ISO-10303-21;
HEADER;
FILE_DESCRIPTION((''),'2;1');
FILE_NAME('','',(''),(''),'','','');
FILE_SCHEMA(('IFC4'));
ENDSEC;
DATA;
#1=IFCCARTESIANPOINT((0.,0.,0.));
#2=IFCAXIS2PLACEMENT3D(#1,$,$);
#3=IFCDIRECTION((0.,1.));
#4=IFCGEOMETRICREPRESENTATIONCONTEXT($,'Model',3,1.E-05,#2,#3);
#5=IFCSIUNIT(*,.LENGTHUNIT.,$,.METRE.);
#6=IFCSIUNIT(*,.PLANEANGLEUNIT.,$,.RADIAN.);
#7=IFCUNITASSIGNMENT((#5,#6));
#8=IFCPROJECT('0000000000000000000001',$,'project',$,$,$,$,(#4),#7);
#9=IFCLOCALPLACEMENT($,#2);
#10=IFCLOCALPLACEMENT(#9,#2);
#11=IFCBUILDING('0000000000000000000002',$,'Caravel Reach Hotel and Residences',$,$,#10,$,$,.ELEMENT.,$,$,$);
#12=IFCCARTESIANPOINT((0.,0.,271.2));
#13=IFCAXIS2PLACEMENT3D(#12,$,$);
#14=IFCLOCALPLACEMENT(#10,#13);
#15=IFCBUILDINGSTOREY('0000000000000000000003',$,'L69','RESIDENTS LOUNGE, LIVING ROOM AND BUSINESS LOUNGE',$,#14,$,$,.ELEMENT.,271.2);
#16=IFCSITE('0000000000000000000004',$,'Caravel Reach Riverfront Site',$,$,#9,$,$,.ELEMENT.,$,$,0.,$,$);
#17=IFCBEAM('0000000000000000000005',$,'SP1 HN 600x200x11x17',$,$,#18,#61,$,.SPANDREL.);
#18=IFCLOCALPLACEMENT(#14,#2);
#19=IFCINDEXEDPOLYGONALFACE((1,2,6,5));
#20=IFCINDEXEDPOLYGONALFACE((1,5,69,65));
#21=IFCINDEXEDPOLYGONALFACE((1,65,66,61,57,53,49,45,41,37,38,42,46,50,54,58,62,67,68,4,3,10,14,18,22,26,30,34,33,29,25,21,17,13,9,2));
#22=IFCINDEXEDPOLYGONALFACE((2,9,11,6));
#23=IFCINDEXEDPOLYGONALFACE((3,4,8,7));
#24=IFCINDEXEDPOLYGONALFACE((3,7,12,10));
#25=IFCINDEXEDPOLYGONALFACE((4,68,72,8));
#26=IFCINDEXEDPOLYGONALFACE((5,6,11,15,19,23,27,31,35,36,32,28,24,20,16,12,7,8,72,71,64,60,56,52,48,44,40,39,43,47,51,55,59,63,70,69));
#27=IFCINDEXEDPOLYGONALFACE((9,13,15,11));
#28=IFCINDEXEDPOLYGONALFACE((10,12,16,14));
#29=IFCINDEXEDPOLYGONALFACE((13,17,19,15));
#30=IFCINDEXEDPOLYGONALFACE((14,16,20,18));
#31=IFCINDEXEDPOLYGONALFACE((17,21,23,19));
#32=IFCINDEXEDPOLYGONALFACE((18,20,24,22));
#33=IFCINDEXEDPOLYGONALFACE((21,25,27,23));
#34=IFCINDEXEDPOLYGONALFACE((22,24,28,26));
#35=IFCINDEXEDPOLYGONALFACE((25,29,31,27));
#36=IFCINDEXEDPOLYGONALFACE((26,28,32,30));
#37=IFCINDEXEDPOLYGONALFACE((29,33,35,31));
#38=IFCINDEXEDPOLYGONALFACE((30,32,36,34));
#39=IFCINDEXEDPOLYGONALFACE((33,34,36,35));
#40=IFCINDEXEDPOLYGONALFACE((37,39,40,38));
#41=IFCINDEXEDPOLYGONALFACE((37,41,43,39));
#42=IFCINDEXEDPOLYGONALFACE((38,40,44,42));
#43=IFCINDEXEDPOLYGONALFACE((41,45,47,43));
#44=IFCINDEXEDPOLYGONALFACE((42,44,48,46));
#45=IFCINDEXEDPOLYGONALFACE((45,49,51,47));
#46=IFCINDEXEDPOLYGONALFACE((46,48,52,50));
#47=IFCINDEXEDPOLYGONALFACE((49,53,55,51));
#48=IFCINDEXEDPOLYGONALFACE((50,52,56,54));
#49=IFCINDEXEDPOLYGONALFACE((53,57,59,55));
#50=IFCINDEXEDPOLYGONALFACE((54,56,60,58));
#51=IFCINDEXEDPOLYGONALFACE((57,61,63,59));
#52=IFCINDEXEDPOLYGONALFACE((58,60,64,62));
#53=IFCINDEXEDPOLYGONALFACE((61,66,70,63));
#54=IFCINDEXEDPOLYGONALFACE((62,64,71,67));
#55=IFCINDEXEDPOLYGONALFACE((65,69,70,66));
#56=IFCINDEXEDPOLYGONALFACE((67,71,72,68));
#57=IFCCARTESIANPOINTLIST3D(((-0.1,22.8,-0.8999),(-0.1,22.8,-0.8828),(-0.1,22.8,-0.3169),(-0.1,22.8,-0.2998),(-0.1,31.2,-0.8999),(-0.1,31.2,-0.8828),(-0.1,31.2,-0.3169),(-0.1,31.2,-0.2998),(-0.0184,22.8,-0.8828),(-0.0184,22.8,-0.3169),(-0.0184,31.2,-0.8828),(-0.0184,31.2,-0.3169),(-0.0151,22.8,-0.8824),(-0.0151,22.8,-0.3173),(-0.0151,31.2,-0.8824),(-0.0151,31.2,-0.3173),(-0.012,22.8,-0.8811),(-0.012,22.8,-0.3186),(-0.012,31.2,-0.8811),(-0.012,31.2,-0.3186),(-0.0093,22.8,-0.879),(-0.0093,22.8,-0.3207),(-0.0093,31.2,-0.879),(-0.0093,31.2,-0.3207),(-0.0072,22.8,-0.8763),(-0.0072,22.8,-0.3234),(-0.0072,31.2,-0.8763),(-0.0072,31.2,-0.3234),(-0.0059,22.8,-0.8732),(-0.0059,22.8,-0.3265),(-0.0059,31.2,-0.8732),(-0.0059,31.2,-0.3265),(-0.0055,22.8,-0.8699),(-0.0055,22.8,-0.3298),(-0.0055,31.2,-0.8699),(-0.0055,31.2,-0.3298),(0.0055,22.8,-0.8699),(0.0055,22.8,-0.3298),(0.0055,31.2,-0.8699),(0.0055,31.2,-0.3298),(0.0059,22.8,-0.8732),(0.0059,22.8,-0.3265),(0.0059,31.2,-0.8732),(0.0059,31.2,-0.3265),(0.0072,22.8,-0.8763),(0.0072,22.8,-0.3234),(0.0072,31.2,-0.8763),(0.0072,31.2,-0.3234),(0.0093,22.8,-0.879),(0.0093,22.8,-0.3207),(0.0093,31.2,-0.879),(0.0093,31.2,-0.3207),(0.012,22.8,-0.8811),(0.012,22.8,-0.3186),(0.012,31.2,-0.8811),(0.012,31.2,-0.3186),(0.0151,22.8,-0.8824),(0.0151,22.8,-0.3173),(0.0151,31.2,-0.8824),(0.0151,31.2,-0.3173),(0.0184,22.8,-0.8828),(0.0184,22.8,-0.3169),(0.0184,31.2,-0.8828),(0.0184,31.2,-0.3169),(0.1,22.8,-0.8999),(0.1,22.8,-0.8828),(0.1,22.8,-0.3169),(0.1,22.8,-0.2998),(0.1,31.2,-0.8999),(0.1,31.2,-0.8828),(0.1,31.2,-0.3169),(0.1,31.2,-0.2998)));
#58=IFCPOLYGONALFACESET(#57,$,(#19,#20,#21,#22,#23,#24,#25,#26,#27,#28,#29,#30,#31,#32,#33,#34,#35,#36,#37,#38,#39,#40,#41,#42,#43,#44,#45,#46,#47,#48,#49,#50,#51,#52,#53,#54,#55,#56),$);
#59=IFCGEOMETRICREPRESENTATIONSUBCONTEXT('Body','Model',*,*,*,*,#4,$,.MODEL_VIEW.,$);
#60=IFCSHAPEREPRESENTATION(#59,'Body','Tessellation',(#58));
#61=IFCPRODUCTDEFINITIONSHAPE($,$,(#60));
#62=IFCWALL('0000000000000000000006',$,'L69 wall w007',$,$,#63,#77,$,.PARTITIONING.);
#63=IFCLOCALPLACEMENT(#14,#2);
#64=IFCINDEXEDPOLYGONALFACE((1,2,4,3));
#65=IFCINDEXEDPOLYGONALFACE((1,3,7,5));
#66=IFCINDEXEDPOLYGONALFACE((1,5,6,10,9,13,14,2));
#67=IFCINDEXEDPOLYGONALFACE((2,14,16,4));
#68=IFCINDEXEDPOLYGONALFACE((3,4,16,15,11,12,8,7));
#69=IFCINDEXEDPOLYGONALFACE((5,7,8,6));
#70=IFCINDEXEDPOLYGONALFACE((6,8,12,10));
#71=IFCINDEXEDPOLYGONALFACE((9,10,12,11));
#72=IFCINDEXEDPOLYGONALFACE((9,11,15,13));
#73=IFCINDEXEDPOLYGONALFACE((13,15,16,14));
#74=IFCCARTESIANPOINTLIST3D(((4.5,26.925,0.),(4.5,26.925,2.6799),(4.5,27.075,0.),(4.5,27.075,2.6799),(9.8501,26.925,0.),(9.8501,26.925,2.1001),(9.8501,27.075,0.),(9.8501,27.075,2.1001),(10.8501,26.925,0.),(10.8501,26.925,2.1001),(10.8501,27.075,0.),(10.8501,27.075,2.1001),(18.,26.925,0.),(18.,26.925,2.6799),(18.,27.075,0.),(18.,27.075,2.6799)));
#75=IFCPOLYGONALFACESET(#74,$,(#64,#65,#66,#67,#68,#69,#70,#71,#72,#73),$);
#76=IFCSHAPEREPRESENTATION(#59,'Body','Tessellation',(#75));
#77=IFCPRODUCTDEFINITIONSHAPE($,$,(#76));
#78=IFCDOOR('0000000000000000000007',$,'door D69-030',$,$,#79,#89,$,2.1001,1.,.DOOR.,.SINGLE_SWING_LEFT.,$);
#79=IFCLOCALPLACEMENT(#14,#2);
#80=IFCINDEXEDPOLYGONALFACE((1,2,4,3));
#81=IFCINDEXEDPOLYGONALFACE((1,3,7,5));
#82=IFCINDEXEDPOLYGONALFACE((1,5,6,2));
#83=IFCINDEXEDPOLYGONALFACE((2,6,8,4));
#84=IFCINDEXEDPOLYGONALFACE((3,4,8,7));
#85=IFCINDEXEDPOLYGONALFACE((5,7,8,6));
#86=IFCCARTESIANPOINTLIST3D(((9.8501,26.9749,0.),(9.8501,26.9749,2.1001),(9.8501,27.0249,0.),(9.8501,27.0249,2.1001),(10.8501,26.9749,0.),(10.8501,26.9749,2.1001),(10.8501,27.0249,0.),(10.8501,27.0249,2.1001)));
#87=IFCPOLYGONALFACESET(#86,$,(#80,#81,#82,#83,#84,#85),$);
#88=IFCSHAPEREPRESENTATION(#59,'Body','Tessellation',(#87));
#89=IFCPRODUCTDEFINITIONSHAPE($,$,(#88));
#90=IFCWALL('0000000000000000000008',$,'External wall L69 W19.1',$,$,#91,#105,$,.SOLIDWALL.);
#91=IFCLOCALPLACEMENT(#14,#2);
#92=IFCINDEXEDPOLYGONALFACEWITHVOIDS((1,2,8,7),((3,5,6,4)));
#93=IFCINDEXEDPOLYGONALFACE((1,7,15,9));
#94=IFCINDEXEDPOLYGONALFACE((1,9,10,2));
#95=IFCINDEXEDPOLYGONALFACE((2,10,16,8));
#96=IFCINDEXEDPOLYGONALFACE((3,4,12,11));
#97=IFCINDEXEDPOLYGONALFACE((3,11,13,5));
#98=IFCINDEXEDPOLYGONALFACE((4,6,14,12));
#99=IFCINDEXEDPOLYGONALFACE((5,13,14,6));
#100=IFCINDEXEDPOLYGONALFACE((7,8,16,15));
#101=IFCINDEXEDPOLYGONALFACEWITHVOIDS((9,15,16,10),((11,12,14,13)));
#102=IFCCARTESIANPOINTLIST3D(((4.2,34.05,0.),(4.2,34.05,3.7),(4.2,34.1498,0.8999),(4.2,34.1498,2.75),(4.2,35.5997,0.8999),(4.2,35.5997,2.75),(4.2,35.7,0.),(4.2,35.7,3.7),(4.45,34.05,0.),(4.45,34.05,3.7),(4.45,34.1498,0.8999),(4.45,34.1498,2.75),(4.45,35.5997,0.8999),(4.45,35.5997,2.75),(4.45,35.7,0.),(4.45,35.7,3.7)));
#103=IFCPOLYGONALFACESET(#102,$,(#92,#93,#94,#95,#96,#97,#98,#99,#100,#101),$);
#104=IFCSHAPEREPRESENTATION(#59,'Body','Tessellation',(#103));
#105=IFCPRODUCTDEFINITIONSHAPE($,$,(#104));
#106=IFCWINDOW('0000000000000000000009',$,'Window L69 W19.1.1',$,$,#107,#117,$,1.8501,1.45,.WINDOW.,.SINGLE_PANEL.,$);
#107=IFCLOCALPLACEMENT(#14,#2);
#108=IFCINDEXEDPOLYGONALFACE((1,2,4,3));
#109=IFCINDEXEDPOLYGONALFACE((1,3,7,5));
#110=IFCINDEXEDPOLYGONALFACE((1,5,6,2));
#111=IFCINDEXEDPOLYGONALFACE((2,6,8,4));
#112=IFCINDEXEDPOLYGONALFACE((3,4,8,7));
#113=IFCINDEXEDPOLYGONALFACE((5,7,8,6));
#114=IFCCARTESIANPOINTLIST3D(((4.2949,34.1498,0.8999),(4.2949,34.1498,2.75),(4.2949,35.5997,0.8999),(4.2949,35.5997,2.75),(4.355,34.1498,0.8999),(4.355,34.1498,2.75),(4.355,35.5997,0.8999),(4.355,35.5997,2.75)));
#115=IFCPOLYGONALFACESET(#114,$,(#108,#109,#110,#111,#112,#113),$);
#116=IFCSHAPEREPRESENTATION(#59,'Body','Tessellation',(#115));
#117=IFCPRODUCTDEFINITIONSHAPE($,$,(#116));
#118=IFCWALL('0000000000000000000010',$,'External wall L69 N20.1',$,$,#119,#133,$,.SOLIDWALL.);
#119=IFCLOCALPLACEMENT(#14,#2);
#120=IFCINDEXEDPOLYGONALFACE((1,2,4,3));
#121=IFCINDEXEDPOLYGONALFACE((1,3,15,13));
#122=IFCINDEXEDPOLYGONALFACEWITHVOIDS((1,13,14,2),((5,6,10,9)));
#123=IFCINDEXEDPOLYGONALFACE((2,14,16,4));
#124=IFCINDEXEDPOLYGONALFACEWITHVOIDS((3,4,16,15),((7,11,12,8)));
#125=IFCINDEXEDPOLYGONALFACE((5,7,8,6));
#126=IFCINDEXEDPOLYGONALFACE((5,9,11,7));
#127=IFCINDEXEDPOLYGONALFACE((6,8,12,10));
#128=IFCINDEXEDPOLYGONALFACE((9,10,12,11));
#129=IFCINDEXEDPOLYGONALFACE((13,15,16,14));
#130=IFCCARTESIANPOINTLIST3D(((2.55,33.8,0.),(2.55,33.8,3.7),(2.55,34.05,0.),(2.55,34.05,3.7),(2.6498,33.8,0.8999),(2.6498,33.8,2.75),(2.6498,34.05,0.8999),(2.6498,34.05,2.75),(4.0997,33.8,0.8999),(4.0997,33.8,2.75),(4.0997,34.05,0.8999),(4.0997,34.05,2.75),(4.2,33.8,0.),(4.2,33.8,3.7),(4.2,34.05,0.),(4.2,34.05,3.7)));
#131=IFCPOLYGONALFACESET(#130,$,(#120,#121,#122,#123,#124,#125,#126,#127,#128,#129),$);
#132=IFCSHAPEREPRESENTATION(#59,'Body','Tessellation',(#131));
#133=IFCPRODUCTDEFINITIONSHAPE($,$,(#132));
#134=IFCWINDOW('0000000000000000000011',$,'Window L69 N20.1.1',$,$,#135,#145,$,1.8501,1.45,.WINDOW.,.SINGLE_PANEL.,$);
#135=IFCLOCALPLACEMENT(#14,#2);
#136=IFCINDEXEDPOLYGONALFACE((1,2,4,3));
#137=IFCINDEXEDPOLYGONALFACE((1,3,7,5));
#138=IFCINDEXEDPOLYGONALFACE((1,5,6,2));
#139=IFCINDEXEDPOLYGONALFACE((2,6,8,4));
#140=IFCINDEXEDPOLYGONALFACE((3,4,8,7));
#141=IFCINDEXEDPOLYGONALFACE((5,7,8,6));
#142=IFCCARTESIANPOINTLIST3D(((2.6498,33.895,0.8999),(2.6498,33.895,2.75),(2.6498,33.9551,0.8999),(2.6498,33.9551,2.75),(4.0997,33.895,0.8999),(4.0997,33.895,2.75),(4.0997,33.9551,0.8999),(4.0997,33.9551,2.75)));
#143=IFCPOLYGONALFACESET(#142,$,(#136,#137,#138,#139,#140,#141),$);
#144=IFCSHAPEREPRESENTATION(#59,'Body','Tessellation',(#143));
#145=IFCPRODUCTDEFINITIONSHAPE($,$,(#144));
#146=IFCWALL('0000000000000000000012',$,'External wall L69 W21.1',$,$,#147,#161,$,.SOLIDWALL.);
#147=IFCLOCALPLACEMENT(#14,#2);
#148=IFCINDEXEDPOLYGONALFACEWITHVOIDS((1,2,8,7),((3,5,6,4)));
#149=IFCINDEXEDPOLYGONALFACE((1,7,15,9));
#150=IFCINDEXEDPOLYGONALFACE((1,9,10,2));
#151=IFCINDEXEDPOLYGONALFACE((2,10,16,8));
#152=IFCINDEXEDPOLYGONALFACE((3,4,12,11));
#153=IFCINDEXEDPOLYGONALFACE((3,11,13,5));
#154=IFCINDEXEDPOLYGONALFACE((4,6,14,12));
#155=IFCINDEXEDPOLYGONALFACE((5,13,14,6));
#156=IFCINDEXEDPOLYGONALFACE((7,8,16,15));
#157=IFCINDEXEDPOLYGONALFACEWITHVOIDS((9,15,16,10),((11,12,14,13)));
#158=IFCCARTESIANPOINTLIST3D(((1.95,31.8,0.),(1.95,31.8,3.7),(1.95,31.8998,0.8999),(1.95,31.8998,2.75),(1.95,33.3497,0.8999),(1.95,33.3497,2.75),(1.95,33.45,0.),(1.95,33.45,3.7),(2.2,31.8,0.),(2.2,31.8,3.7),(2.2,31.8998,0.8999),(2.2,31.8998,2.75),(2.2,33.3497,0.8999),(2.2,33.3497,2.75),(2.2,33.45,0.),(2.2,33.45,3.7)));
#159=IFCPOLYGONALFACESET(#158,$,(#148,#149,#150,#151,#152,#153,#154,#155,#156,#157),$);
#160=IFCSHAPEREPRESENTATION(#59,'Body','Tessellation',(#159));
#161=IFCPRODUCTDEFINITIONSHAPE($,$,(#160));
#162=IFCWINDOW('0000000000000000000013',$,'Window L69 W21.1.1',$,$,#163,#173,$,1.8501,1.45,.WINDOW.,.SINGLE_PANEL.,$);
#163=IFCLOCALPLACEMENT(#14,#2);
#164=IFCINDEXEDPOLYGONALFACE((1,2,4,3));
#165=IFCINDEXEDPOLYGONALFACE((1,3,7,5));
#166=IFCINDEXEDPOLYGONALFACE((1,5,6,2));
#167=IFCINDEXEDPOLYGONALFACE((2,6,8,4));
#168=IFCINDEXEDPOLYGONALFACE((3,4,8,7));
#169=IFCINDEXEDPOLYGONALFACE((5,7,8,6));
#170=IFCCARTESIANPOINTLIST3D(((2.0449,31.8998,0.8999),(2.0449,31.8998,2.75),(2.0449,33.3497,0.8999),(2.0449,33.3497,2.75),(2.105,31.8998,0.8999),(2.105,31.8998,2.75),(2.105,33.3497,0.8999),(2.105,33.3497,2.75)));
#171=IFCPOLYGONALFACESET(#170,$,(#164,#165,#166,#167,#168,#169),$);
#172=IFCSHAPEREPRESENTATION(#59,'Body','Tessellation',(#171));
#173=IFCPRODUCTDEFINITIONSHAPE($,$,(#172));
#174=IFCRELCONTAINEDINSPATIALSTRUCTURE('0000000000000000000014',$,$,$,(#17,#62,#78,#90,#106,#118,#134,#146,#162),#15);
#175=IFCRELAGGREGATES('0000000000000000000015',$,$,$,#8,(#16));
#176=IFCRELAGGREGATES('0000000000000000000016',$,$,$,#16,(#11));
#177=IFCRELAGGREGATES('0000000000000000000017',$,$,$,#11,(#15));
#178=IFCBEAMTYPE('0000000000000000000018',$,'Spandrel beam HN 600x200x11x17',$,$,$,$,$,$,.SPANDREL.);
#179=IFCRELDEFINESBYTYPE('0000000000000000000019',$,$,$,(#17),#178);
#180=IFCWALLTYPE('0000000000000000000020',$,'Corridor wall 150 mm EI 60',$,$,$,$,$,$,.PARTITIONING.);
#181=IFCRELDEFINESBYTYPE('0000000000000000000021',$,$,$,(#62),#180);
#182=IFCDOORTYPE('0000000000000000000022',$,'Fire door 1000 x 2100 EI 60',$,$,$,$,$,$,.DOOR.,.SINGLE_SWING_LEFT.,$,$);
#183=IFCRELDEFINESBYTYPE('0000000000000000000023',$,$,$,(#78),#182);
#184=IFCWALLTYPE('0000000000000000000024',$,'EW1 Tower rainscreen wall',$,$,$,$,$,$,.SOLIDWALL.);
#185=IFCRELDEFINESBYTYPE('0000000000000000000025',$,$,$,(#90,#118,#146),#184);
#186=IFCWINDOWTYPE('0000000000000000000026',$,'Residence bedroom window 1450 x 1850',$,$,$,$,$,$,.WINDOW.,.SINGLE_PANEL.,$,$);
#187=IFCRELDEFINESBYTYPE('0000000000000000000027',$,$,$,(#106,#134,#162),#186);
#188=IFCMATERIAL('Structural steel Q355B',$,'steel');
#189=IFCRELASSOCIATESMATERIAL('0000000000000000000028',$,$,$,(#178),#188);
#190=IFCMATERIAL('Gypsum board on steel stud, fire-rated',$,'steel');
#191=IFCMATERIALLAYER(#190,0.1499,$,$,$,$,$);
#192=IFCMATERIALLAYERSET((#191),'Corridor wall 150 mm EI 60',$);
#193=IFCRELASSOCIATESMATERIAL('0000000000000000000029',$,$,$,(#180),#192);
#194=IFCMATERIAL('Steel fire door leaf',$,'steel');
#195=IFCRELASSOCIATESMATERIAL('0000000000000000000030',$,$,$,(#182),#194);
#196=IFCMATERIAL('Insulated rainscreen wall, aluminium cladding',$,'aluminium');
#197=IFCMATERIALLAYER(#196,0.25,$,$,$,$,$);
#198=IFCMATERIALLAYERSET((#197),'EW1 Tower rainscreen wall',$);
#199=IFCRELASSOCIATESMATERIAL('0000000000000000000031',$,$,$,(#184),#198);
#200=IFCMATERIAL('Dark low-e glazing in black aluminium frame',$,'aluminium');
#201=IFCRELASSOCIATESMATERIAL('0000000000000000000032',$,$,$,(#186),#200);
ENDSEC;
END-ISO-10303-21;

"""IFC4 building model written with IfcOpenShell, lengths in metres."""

from ifc_helpers import new_model, si_unit, direction, frame, frame_2d, origin, origin_2d, place, context, subcontext, project, spatial, rectangle, i_section, extrude, material, layer, layer_set, material_profile, profile_set, type_object, element, fill, save


model = new_model("IFC4")

# Units and contexts
model_context = context("Model", 3, precision=1e-05, world=origin(), true_north=direction((0.0, 1.0)))
body_context = subcontext(model_context, "Body", "Model", "MODEL_VIEW")
ifc_project = project(units=[si_unit("LENGTHUNIT", "METRE"), si_unit("PLANEANGLEUNIT", "RADIAN")], contexts=[model_context])

# Site, building, storey
site_placement = place(None, origin())
site = spatial("IfcSite", under=ifc_project, at=site_placement, Name="Caravel Reach Riverfront Site", CompositionType="ELEMENT", RefElevation=0.0)
building_placement = place(site_placement, origin())
building = spatial("IfcBuilding", under=site, at=building_placement, Name="Caravel Reach Hotel and Residences", CompositionType="ELEMENT")
storey_placement = place(building_placement, frame((0.0, 0.0, 271.2)))
storey = spatial("IfcBuildingStorey", under=building, at=storey_placement, Name="L69", Description="RESIDENTS LOUNGE, LIVING ROOM AND BUSINESS LOUNGE", CompositionType="ELEMENT", Elevation=271.2)

# Beam
ifc_material_1 = material(Name="Structural steel Q355B", Category="steel")
ifc_material_profile_1 = material_profile(ifc_material_1, i_section(OverallWidth=0.2, OverallDepth=0.6001, WebThickness=0.011, FlangeThickness=0.0171, FilletRadius=0.0129, at=origin_2d()), Name="HN 600x200x11x17")
ifc_profile_set_1 = profile_set([ifc_material_profile_1], Name="Structural steel Q355B")
beam_type = type_object("IfcBeamType", Name="Spandrel beam HN 600x200x11x17", PredefinedType="SPANDREL", material=ifc_profile_set_1)
beam_placement = place(storey_placement, frame((0.0, 31.2, -0.5999), z_axis=(0.0, -1.0, 0.0), x_axis=(1.0, 0.0, 0.0)))
element("IfcBeam", 1, at=beam_placement, inside=storey, type_object=beam_type, Name="SP1 HN 600x200x11x17", PredefinedType="SPANDREL", context=body_context, shape_type="SweptSolid", body=[
    extrude(i_section(OverallWidth=0.2, OverallDepth=0.6001, WebThickness=0.011, FlangeThickness=0.0171, FilletRadius=0.0129, at=origin_2d()), origin(), (0.0, 0.0, 1.0), 8.3999),
])

# Wall, opening, door
ifc_material_2 = material(Name="Gypsum board on steel stud, fire-rated", Category="steel")
ifc_layer_1 = layer(ifc_material_2, 0.1499)
ifc_layer_set_1 = layer_set([ifc_layer_1], Name="Corridor wall 150 mm EI 60")
wall_type_1 = type_object("IfcWallType", Name="Corridor wall 150 mm EI 60", PredefinedType="PARTITIONING", material=ifc_layer_set_1)
wall_1_placement = place(storey_placement, frame((4.5, 27.0, 0.0), z_axis=(0.0, 0.0, 1.0), x_axis=(1.0, 0.0, 0.0)))
wall_1 = element("IfcWall", 2, at=wall_1_placement, inside=storey, type_object=wall_type_1, Name="L69 wall w007", PredefinedType="PARTITIONING", context=body_context, shape_type="SweptSolid", body=[
    extrude(rectangle(XDim=13.5, YDim=0.1499, at=frame_2d((6.75, 0.0))), origin(), (0.0, 0.0, 1.0), 2.6799),
])
opening_1_placement = place(wall_1_placement, frame((5.3501, 0.0, 0.0)))
opening_1 = element("IfcOpeningElement", 3, at=opening_1_placement, cuts=wall_1, PredefinedType="OPENING", context=body_context, shape_type="SweptSolid", body=[
    extrude(rectangle(XDim=1.0, YDim=2.1001, at=frame_2d((0.5, 1.05))), frame((0.0, 0.085, 0.0), z_axis=(0.0, -1.0, 0.0), x_axis=(1.0, 0.0, 0.0)), (0.0, 0.0, 1.0), 0.1699),
])
ifc_material_3 = material(Name="Steel fire door leaf", Category="steel")
door_type = type_object("IfcDoorType", Name="Fire door 1000 x 2100 EI 60", OperationType="SINGLE_SWING_LEFT", PredefinedType="DOOR", material=ifc_material_3)
door_placement = place(opening_1_placement, origin())
door = element("IfcDoor", 4, at=door_placement, inside=storey, type_object=door_type, Name="door D69-030", OperationType="SINGLE_SWING_LEFT", OverallHeight=2.1001, OverallWidth=1.0, PredefinedType="DOOR", context=body_context, shape_type="SweptSolid", body=[
    extrude(rectangle(XDim=1.0, YDim=2.1001, at=frame_2d((0.5, 1.05))), frame((0.0, 0.0249, 0.0), z_axis=(0.0, -1.0, 0.0), x_axis=(1.0, 0.0, 0.0)), (0.0, 0.0, 1.0), 0.05),
])
fill(opening_1, door)

# Walls, openings, windows
ifc_material_4 = material(Name="Insulated rainscreen wall, aluminium cladding", Category="aluminium")
ifc_layer_2 = layer(ifc_material_4, 0.25)
ifc_layer_set_2 = layer_set([ifc_layer_2], Name="EW1 Tower rainscreen wall")
wall_type_2 = type_object("IfcWallType", Name="EW1 Tower rainscreen wall", PredefinedType="SOLIDWALL", material=ifc_layer_set_2)
wall_2_placement = place(storey_placement, frame((4.325, 35.7, 0.0), z_axis=(0.0, 0.0, 1.0), x_axis=(0.0, -1.0, 0.0)))
wall_2 = element("IfcWall", 5, at=wall_2_placement, inside=storey, type_object=wall_type_2, Name="External wall L69 W19.1", PredefinedType="SOLIDWALL", context=body_context, shape_type="SweptSolid", body=[
    extrude(rectangle(XDim=1.6499, YDim=0.25, at=frame_2d((0.825, 0.0))), origin(), (0.0, 0.0, 1.0), 3.7),
])
opening_2_placement = place(wall_2_placement, frame((0.1001, 0.0, 0.8999)))
opening_2 = element("IfcOpeningElement", 6, at=opening_2_placement, cuts=wall_2, PredefinedType="OPENING", context=body_context, shape_type="SweptSolid", body=[
    extrude(rectangle(XDim=1.45, YDim=1.8501, at=frame_2d((0.7251, 0.925))), frame((0.0, 0.135, 0.0), z_axis=(0.0, -1.0, 0.0), x_axis=(1.0, 0.0, 0.0)), (0.0, 0.0, 1.0), 0.27),
])
ifc_material_5 = material(Name="Dark low-e glazing in black aluminium frame", Category="aluminium")
window_type_1 = type_object("IfcWindowType", Name="Residence bedroom window 1450 x 1850", PartitioningType="SINGLE_PANEL", PredefinedType="WINDOW", material=ifc_material_5)
window_1_placement = place(opening_2_placement, origin())
window_1 = element("IfcWindow", 7, at=window_1_placement, inside=storey, type_object=window_type_1, Name="Window L69 W19.1.1", OverallHeight=1.8501, OverallWidth=1.45, PartitioningType="SINGLE_PANEL", PredefinedType="WINDOW", context=body_context, shape_type="SweptSolid", body=[
    extrude(rectangle(XDim=1.45, YDim=1.8501, at=frame_2d((0.7251, 0.925))), frame((0.0, 0.03, 0.0), z_axis=(0.0, -1.0, 0.0), x_axis=(1.0, 0.0, 0.0)), (0.0, 0.0, 1.0), 0.0601),
])
fill(opening_2, window_1)
wall_3_placement = place(storey_placement, frame((4.2, 33.925, 0.0), z_axis=(0.0, 0.0, 1.0), x_axis=(-1.0, 0.0, 0.0)))
wall_3 = element("IfcWall", 8, at=wall_3_placement, inside=storey, type_object=wall_type_2, Name="External wall L69 N20.1", PredefinedType="SOLIDWALL", context=body_context, shape_type="SweptSolid", body=[
    extrude(rectangle(XDim=1.6499, YDim=0.25, at=frame_2d((0.825, 0.0))), origin(), (0.0, 0.0, 1.0), 3.7),
])
opening_3_placement = place(wall_3_placement, frame((0.1001, 0.0, 0.8999)))
opening_3 = element("IfcOpeningElement", 9, at=opening_3_placement, cuts=wall_3, PredefinedType="OPENING", context=body_context, shape_type="SweptSolid", body=[
    extrude(rectangle(XDim=1.45, YDim=1.8501, at=frame_2d((0.7251, 0.925))), frame((0.0, 0.135, 0.0), z_axis=(0.0, -1.0, 0.0), x_axis=(1.0, 0.0, 0.0)), (0.0, 0.0, 1.0), 0.27),
])
window_2_placement = place(opening_3_placement, origin())
window_2 = element("IfcWindow", 10, at=window_2_placement, inside=storey, type_object=window_type_1, Name="Window L69 N20.1.1", OverallHeight=1.8501, OverallWidth=1.45, PartitioningType="SINGLE_PANEL", PredefinedType="WINDOW", context=body_context, shape_type="SweptSolid", body=[
    extrude(rectangle(XDim=1.45, YDim=1.8501, at=frame_2d((0.7251, 0.925))), frame((0.0, 0.03, 0.0), z_axis=(0.0, -1.0, 0.0), x_axis=(1.0, 0.0, 0.0)), (0.0, 0.0, 1.0), 0.0601),
])
fill(opening_3, window_2)
wall_4_placement = place(storey_placement, frame((2.075, 33.45, 0.0), z_axis=(0.0, 0.0, 1.0), x_axis=(0.0, -1.0, 0.0)))
wall_4 = element("IfcWall", 11, at=wall_4_placement, inside=storey, type_object=wall_type_2, Name="External wall L69 W21.1", PredefinedType="SOLIDWALL", context=body_context, shape_type="SweptSolid", body=[
    extrude(rectangle(XDim=1.6499, YDim=0.25, at=frame_2d((0.825, 0.0))), origin(), (0.0, 0.0, 1.0), 3.7),
])
opening_4_placement = place(wall_4_placement, frame((0.1001, 0.0, 0.8999)))
opening_4 = element("IfcOpeningElement", 12, at=opening_4_placement, cuts=wall_4, PredefinedType="OPENING", context=body_context, shape_type="SweptSolid", body=[
    extrude(rectangle(XDim=1.45, YDim=1.8501, at=frame_2d((0.7251, 0.925))), frame((0.0, 0.135, 0.0), z_axis=(0.0, -1.0, 0.0), x_axis=(1.0, 0.0, 0.0)), (0.0, 0.0, 1.0), 0.27),
])
window_3_placement = place(opening_4_placement, origin())
window_3 = element("IfcWindow", 13, at=window_3_placement, inside=storey, type_object=window_type_1, Name="Window L69 W21.1.1", OverallHeight=1.8501, OverallWidth=1.45, PartitioningType="SINGLE_PANEL", PredefinedType="WINDOW", context=body_context, shape_type="SweptSolid", body=[
    extrude(rectangle(XDim=1.45, YDim=1.8501, at=frame_2d((0.7251, 0.925))), frame((0.0, 0.03, 0.0), z_axis=(0.0, -1.0, 0.0), x_axis=(1.0, 0.0, 0.0)), (0.0, 0.0, 1.0), 0.0601),
])
fill(opening_4, window_3)

save(model, "model.ifc")
